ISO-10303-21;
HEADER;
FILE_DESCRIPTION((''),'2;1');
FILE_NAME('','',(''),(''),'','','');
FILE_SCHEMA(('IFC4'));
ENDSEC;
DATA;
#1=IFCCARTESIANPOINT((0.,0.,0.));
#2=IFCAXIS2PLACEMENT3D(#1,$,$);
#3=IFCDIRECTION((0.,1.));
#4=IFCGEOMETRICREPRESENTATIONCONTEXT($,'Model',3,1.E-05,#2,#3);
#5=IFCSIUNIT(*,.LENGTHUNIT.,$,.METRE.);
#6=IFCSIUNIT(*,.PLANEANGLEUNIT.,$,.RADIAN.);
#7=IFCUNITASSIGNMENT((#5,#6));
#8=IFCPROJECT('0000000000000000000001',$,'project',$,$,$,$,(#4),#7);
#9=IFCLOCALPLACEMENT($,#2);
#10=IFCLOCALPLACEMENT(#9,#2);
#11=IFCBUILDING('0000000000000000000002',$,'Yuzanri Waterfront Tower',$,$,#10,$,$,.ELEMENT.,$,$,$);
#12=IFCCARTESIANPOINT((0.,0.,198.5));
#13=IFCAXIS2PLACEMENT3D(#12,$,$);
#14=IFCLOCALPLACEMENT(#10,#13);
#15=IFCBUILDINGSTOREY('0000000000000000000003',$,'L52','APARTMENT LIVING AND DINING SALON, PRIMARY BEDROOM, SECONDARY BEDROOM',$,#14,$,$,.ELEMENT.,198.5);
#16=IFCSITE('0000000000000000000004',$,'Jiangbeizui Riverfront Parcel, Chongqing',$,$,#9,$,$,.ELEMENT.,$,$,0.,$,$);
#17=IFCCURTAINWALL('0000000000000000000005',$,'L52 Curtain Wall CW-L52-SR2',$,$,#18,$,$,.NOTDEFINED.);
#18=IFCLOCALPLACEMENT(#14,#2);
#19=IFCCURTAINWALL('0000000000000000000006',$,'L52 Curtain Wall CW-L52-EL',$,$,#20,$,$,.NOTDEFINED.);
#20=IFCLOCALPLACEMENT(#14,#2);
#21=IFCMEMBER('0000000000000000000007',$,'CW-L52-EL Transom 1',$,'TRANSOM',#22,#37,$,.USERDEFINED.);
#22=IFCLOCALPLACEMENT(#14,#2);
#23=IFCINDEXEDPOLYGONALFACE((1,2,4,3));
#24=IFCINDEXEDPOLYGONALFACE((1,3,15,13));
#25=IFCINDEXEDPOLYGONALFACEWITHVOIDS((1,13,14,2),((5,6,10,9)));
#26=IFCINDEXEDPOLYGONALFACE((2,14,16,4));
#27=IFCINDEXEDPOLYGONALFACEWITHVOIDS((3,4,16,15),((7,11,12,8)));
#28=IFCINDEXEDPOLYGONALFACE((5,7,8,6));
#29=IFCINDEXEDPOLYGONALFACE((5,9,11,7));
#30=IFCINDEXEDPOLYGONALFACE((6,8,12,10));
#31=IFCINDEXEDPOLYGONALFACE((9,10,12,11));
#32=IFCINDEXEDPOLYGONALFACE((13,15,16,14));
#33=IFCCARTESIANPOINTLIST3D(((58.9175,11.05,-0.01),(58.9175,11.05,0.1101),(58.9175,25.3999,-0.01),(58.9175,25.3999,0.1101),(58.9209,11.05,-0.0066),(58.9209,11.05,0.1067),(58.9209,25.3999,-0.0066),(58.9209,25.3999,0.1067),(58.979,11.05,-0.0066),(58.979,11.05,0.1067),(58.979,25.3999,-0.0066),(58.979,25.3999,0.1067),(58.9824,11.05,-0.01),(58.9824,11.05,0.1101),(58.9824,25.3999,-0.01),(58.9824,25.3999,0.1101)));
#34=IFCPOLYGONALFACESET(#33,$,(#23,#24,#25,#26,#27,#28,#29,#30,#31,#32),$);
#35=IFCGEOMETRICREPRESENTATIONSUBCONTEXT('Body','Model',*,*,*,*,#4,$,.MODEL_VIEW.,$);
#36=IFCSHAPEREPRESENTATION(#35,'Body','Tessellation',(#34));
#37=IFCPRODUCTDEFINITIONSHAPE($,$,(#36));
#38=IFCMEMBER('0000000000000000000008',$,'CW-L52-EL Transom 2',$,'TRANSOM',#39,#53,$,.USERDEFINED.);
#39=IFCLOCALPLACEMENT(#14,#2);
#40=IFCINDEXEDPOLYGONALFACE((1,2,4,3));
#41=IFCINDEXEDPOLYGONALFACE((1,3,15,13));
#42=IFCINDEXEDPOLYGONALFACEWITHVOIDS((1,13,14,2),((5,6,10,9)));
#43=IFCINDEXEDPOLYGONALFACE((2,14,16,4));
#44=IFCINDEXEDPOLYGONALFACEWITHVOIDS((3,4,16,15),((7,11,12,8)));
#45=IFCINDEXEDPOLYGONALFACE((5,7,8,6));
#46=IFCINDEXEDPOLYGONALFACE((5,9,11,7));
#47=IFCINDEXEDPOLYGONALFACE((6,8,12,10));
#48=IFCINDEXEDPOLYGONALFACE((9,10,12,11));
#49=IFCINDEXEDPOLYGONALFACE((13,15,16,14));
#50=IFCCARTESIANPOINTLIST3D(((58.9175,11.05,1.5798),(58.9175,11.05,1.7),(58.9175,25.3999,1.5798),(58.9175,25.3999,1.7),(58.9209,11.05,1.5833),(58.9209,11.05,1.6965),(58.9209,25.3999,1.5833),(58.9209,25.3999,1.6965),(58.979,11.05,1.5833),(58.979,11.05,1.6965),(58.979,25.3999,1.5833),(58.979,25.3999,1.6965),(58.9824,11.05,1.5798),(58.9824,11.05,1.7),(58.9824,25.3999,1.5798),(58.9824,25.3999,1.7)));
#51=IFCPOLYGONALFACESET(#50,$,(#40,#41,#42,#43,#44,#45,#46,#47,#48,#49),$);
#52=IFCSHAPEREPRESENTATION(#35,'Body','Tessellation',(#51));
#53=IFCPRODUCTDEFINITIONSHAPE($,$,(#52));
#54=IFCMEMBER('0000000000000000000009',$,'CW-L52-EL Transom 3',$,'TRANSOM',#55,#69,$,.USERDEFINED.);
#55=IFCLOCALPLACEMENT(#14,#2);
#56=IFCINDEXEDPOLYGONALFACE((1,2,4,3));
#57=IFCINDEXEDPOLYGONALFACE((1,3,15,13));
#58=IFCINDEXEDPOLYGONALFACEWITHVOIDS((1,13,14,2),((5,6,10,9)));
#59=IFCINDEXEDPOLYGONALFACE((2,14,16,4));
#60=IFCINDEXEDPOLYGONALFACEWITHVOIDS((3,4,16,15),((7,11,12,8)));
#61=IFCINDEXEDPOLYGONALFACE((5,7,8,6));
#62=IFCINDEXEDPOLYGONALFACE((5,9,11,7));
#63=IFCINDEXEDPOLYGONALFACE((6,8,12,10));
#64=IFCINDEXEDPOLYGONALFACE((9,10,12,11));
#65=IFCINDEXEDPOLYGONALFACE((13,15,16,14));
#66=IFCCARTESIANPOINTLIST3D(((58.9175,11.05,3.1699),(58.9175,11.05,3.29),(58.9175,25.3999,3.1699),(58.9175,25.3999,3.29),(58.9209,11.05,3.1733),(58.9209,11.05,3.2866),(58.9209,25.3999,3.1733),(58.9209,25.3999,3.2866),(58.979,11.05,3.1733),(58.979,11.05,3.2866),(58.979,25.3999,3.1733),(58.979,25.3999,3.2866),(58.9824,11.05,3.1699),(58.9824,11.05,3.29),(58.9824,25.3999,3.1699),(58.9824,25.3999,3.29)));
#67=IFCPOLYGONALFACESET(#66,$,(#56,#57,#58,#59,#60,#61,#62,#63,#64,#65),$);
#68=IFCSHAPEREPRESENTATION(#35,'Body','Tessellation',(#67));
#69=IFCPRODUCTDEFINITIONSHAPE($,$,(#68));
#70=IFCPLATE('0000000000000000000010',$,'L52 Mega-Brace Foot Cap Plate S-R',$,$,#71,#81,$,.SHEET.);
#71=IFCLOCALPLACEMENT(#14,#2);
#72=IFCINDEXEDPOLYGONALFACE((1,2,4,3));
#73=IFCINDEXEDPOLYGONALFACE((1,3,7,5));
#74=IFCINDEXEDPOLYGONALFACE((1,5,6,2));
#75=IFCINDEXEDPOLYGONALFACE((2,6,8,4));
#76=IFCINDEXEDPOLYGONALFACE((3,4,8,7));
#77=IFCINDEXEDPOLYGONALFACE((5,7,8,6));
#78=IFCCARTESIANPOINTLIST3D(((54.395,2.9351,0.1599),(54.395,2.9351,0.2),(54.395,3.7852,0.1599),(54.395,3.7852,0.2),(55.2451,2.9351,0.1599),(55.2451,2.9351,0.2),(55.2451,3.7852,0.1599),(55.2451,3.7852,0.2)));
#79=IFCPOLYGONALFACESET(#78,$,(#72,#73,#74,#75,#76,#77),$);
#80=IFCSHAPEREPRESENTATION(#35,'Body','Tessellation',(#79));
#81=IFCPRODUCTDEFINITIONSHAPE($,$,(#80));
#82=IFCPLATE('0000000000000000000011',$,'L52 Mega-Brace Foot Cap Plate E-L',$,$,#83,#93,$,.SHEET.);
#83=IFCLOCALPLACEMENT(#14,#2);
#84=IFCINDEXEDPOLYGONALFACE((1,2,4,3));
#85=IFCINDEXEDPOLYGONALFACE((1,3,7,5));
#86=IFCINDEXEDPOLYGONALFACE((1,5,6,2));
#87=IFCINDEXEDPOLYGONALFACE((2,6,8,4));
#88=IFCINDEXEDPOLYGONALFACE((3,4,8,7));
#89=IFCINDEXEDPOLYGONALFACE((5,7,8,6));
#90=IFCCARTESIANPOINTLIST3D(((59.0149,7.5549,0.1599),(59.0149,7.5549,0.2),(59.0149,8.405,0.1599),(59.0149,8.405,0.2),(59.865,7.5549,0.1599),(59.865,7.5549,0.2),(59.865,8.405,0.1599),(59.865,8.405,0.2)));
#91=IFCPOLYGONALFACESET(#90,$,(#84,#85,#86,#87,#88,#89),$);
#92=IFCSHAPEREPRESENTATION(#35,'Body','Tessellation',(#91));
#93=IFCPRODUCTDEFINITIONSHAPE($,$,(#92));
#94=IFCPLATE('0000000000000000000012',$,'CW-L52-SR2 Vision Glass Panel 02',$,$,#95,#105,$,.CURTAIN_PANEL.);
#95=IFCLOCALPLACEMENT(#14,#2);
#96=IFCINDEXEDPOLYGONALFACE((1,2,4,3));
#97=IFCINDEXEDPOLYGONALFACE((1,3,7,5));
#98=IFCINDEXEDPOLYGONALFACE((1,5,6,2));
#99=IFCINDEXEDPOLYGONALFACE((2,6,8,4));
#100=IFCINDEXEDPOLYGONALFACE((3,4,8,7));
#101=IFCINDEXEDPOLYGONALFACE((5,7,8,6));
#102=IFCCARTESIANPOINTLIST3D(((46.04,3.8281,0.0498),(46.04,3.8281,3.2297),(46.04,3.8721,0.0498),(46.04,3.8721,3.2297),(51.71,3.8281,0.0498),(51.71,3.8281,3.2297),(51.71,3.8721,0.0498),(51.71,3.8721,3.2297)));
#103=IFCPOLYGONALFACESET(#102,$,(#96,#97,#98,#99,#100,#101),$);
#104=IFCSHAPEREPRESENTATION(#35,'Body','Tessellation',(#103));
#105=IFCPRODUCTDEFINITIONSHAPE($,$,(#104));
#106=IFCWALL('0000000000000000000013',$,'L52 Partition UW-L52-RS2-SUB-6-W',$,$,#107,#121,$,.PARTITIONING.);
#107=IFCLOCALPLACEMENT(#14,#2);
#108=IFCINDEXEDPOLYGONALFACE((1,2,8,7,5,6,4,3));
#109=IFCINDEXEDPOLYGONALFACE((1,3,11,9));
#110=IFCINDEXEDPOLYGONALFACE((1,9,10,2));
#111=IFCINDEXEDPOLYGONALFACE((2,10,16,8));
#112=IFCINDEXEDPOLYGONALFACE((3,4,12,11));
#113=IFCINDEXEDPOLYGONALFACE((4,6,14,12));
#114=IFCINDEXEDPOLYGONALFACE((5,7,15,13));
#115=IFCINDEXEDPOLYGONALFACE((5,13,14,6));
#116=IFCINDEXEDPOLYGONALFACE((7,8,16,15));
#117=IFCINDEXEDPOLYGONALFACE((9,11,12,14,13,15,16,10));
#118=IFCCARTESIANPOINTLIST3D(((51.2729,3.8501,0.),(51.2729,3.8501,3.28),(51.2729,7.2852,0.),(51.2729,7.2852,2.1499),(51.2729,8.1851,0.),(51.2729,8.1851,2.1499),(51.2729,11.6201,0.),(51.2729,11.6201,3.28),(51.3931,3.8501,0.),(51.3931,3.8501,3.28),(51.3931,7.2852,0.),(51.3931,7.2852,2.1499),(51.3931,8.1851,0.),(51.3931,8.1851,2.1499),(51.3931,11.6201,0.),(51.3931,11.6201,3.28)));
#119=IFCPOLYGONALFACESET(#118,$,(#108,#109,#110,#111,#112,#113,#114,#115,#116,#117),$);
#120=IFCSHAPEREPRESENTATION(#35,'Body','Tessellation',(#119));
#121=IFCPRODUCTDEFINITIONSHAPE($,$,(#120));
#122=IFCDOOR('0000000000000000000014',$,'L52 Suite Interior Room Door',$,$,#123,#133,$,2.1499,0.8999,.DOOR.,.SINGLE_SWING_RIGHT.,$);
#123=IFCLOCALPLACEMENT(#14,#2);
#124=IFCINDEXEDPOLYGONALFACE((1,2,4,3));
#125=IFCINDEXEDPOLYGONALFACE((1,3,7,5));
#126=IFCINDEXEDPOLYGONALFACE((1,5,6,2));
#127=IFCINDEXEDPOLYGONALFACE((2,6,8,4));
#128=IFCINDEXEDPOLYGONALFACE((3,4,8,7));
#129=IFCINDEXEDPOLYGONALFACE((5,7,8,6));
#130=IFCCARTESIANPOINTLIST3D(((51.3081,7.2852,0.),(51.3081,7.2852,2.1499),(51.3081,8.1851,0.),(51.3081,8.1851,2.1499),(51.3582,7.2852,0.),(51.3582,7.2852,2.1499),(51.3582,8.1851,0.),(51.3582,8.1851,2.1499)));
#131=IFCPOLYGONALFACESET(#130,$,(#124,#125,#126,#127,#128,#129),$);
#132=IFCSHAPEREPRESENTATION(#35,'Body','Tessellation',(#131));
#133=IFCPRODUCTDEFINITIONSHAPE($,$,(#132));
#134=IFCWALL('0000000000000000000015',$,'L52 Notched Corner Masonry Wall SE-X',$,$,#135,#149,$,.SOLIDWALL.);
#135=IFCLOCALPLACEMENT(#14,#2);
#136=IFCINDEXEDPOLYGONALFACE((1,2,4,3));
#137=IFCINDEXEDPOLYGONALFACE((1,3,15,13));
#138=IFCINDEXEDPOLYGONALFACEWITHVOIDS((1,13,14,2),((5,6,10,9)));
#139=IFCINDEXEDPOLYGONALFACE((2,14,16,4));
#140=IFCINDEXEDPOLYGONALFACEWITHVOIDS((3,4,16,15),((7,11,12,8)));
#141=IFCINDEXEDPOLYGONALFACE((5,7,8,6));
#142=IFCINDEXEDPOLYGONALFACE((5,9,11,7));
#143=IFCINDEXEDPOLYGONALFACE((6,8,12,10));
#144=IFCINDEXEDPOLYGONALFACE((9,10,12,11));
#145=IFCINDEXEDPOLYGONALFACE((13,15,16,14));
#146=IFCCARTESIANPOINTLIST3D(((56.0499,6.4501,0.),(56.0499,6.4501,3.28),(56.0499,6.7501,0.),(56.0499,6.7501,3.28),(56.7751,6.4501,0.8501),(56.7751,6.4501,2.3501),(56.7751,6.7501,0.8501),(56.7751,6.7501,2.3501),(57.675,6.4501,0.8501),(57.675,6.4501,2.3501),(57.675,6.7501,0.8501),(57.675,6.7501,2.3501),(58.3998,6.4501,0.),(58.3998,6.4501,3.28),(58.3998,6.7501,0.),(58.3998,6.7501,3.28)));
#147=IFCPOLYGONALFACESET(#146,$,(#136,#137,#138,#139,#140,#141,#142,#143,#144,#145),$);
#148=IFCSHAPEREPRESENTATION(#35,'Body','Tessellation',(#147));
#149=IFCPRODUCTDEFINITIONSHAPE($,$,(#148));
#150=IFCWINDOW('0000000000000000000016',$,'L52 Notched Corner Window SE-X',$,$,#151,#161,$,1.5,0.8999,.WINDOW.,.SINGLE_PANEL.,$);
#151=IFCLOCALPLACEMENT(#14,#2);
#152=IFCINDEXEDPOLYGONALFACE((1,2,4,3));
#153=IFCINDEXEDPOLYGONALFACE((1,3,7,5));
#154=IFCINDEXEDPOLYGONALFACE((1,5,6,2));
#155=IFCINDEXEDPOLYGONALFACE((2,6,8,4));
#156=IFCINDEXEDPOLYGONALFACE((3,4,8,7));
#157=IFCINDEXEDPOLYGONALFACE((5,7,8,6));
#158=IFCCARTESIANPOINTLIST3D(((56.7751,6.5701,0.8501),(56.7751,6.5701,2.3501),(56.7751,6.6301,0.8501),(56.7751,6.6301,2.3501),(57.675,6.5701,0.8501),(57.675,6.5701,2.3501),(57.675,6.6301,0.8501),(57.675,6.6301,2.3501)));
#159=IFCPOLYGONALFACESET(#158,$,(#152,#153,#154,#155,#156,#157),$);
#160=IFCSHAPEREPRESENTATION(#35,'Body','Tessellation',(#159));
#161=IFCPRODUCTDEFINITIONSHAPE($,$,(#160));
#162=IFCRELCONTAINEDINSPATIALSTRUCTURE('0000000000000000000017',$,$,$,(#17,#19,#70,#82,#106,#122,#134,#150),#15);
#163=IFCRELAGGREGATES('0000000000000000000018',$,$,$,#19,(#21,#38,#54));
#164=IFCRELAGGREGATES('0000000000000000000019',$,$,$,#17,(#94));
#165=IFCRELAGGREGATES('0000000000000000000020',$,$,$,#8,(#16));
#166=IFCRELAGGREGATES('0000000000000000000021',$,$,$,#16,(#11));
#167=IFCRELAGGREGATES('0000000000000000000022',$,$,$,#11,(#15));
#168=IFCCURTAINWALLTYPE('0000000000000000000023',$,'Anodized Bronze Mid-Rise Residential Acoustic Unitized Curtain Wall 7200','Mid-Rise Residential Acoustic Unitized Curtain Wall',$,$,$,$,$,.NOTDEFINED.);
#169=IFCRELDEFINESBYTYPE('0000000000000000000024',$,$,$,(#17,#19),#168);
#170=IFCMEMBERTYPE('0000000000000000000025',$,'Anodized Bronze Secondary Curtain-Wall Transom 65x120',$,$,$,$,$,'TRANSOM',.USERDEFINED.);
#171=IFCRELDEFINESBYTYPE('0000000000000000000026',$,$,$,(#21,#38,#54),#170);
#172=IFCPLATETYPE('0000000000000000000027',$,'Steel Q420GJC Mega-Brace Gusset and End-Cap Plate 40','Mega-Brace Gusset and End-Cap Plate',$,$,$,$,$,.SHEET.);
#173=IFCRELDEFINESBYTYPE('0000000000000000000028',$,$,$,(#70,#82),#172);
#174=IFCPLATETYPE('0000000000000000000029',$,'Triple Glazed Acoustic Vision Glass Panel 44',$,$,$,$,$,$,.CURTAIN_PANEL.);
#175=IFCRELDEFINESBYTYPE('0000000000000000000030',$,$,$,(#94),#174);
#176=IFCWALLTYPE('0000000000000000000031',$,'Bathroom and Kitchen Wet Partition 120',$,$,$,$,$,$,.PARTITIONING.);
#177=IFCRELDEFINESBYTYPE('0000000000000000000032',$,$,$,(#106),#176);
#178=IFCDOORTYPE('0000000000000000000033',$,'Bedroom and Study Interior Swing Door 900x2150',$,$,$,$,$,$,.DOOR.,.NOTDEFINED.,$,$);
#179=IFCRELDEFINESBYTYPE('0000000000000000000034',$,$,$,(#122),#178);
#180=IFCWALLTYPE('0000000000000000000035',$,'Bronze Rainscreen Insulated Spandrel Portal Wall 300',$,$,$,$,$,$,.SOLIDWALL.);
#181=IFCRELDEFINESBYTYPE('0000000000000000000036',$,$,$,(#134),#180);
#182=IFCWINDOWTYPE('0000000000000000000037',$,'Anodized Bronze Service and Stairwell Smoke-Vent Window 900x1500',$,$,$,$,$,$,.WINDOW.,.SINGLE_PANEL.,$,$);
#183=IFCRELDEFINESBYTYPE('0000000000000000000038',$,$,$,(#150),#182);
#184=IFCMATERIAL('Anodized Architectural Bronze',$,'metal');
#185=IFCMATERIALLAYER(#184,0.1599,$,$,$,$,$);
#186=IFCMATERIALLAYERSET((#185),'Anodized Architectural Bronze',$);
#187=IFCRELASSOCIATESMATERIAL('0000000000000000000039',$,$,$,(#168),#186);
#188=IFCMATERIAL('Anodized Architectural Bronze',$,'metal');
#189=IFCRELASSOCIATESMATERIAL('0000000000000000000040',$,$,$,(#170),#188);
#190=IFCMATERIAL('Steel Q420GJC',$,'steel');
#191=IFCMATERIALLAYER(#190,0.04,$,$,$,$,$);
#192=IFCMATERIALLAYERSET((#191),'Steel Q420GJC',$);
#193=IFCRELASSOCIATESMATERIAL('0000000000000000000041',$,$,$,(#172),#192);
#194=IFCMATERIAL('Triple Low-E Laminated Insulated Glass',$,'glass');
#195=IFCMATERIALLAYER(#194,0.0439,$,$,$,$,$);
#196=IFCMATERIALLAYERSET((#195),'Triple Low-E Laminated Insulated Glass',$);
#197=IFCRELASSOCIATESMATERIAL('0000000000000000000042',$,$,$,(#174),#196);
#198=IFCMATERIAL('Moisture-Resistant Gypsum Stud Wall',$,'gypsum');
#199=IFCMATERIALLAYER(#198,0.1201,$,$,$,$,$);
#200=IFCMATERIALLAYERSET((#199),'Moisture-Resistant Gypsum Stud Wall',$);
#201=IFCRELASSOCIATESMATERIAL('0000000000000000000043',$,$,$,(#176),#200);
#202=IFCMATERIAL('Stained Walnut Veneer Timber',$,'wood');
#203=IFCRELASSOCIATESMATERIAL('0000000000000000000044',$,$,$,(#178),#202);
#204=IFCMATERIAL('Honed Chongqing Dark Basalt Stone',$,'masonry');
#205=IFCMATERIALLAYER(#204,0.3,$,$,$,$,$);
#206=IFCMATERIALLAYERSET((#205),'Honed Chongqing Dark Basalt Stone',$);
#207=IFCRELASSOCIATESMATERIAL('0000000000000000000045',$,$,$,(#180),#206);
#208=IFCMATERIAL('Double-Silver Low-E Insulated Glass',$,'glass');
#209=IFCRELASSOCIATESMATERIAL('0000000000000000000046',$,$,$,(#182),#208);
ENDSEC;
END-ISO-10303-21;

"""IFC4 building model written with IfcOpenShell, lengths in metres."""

from ifc_helpers import new_model, si_unit, direction, frame, frame_2d, origin, origin_2d, place, context, subcontext, project, spatial, rectangle, hollow_rectangle, extrude, source, transform, mapped, material, layer, layer_set, material_profile, profile_set, type_object, element, fill, aggregate, save


model = new_model("IFC4")

# Units and contexts
model_context = context("Model", 3, precision=1e-05, world=origin(), true_north=direction((0.0, 1.0)))
body_context = subcontext(model_context, "Body", "Model", "MODEL_VIEW")
ifc_project = project(units=[si_unit("LENGTHUNIT", "METRE"), si_unit("PLANEANGLEUNIT", "RADIAN")], contexts=[model_context])

# Site, building, storey
site_placement = place(None, origin())
site = spatial("IfcSite", under=ifc_project, at=site_placement, Name="Jiangbeizui Riverfront Parcel, Chongqing", CompositionType="ELEMENT", RefElevation=0.0)
building_placement = place(site_placement, origin())
building = spatial("IfcBuilding", under=site, at=building_placement, Name="Yuzanri Waterfront Tower", CompositionType="ELEMENT")
storey_placement = place(building_placement, frame((0.0, 0.0, 198.5)))
storey = spatial("IfcBuildingStorey", under=building, at=storey_placement, Name="L52", Description="APARTMENT LIVING AND DINING SALON, PRIMARY BEDROOM, SECONDARY BEDROOM", CompositionType="ELEMENT", Elevation=198.5)

# Curtain walls, members
ifc_material_1 = material(Name="Anodized Architectural Bronze", Category="metal")
ifc_layer_1 = layer(ifc_material_1, 0.1599)
ifc_layer_set_1 = layer_set([ifc_layer_1], Name="Anodized Architectural Bronze")
curtain_wall_type = type_object("IfcCurtainWallType", Name="Anodized Bronze Mid-Rise Residential Acoustic Unitized Curtain Wall 7200", Description="Mid-Rise Residential Acoustic Unitized Curtain Wall", PredefinedType="NOTDEFINED", material=ifc_layer_set_1)
curtain_wall_1_placement = place(storey_placement, origin())
curtain_wall_1 = element("IfcCurtainWall", 1, at=curtain_wall_1_placement, inside=storey, type_object=curtain_wall_type, Name="L52 Curtain Wall CW-L52-SR2", PredefinedType="NOTDEFINED")
curtain_wall_2_placement = place(storey_placement, origin())
curtain_wall_2 = element("IfcCurtainWall", 2, at=curtain_wall_2_placement, inside=storey, type_object=curtain_wall_type, Name="L52 Curtain Wall CW-L52-EL", PredefinedType="NOTDEFINED")
ifc_material_2 = material(Name="Anodized Architectural Bronze", Category="metal")
ifc_material_profile_1 = material_profile(ifc_material_2, hollow_rectangle(XDim=0.0649, YDim=0.1201, WallThickness=0.0034, at=origin_2d()), Name="CWT 65x120")
ifc_profile_set_1 = profile_set([ifc_material_profile_1], Name="Anodized Architectural Bronze")
member_type_1 = type_object("IfcMemberType", Name="Anodized Bronze Secondary Curtain-Wall Transom 65x120", ElementType="TRANSOM", PredefinedType="USERDEFINED", material=ifc_profile_set_1)
shared_shape_1 = source(origin(), body_context, "Body", "SweptSolid", [
    extrude(hollow_rectangle(XDim=0.0649, YDim=0.1201, WallThickness=0.0034, at=origin_2d()), origin(), (0.0, 0.0, 1.0), 14.3499),
])
member_1_placement = place(storey_placement, frame((58.95, 11.05, 0.05), z_axis=(0.0, 1.0, 0.0), x_axis=(-1.0, 0.0, 0.0)))
member_1 = element("IfcMember", 3, at=member_1_placement, type_object=member_type_1, Name="CW-L52-EL Transom 1", ObjectType="TRANSOM", PredefinedType="USERDEFINED", context=body_context, shape_type="MappedRepresentation", body=[
    mapped(shared_shape_1, transform((0.0, 0.0, 0.0), scale=1.0)),
])
member_2_placement = place(storey_placement, frame((58.95, 11.05, 1.6399), z_axis=(0.0, 1.0, 0.0), x_axis=(-1.0, 0.0, 0.0)))
member_2 = element("IfcMember", 4, at=member_2_placement, type_object=member_type_1, Name="CW-L52-EL Transom 2", ObjectType="TRANSOM", PredefinedType="USERDEFINED", context=body_context, shape_type="MappedRepresentation", body=[
    mapped(shared_shape_1, transform((0.0, 0.0, 0.0), scale=1.0)),
])
member_3_placement = place(storey_placement, frame((58.95, 11.05, 3.23), z_axis=(0.0, 1.0, 0.0), x_axis=(-1.0, 0.0, 0.0)))
member_3 = element("IfcMember", 5, at=member_3_placement, type_object=member_type_1, Name="CW-L52-EL Transom 3", ObjectType="TRANSOM", PredefinedType="USERDEFINED", context=body_context, shape_type="MappedRepresentation", body=[
    mapped(shared_shape_1, transform((0.0, 0.0, 0.0), scale=1.0)),
])
aggregate(curtain_wall_2, [member_1, member_2, member_3])

# Plates
ifc_material_3 = material(Name="Steel Q420GJC", Category="steel")
ifc_layer_2 = layer(ifc_material_3, 0.04)
ifc_layer_set_2 = layer_set([ifc_layer_2], Name="Steel Q420GJC")
plate_type_1 = type_object("IfcPlateType", Name="Steel Q420GJC Mega-Brace Gusset and End-Cap Plate 40", Description="Mega-Brace Gusset and End-Cap Plate", PredefinedType="SHEET", material=ifc_layer_set_2)
shared_shape_2 = source(origin(), body_context, "Body", "SweptSolid", [
    extrude(rectangle(XDim=0.8501, YDim=0.8501, at=origin_2d()), origin(), (0.0, 0.0, 1.0), 0.04),
])
for number, where, z_axis, x_axis, name in (
    (6, (54.8201, 3.3601, 0.1599), (0.0, 0.0, 1.0), (1.0, 0.0, 0.0), "L52 Mega-Brace Foot Cap Plate S-R"),
    (7, (59.4399, 7.98, 0.1599), (0.0, 0.0, 1.0), (1.0, 0.0, 0.0), "L52 Mega-Brace Foot Cap Plate E-L"),
):
    element("IfcPlate", number, at=place(storey_placement, frame(where, z_axis=z_axis, x_axis=x_axis)), inside=storey, type_object=plate_type_1, Name=name, PredefinedType="SHEET", context=body_context, shape_type="MappedRepresentation", body=[
        mapped(shared_shape_2, transform((0.0, 0.0, 0.0), scale=1.0)),
    ])

# Plate
ifc_material_4 = material(Name="Triple Low-E Laminated Insulated Glass", Category="glass")
ifc_layer_3 = layer(ifc_material_4, 0.0439)
ifc_layer_set_3 = layer_set([ifc_layer_3], Name="Triple Low-E Laminated Insulated Glass")
plate_type_2 = type_object("IfcPlateType", Name="Triple Glazed Acoustic Vision Glass Panel 44", PredefinedType="CURTAIN_PANEL", material=ifc_layer_set_3)
shared_shape_3 = source(origin(), body_context, "Body", "SweptSolid", [
    extrude(rectangle(XDim=5.6699, YDim=0.0439, at=origin_2d()), origin(), (0.0, 0.0, 1.0), 3.1799),
])
plate_placement = place(storey_placement, frame((48.875, 3.8501, 0.0498), z_axis=(0.0, 0.0, 1.0), x_axis=(1.0, 0.0, 0.0)))
plate = element("IfcPlate", 8, at=plate_placement, type_object=plate_type_2, Name="CW-L52-SR2 Vision Glass Panel 02", PredefinedType="CURTAIN_PANEL", context=body_context, shape_type="MappedRepresentation", body=[
    mapped(shared_shape_3, transform((0.0, 0.0, 0.0), scale=1.0)),
])
aggregate(curtain_wall_1, [plate])

# Wall, opening, door
ifc_material_5 = material(Name="Moisture-Resistant Gypsum Stud Wall", Category="gypsum")
ifc_layer_4 = layer(ifc_material_5, 0.1201)
ifc_layer_set_4 = layer_set([ifc_layer_4], Name="Moisture-Resistant Gypsum Stud Wall")
wall_type_1 = type_object("IfcWallType", Name="Bathroom and Kitchen Wet Partition 120", PredefinedType="PARTITIONING", material=ifc_layer_set_4)
wall_1_placement = place(storey_placement, frame((51.333, 3.8501, 0.0), z_axis=(0.0, 0.0, 1.0), x_axis=(0.0, 1.0, 0.0)))
wall_1 = element("IfcWall", 9, at=wall_1_placement, inside=storey, type_object=wall_type_1, Name="L52 Partition UW-L52-RS2-SUB-6-W", PredefinedType="PARTITIONING", context=body_context, shape_type="SweptSolid", body=[
    extrude(rectangle(XDim=7.77, YDim=0.1201, at=frame_2d((3.885, 0.0))), origin(), (0.0, 0.0, 1.0), 3.28),
])
opening_1_placement = place(wall_1_placement, frame((3.4351, 0.0, 0.0)))
opening_1 = element("IfcOpeningElement", 10, at=opening_1_placement, cuts=wall_1, PredefinedType="OPENING", context=body_context, shape_type="SweptSolid", body=[
    extrude(rectangle(XDim=0.8999, YDim=2.1499, at=frame_2d((0.45, 1.075))), frame((0.0, 0.075, 0.0), z_axis=(0.0, -1.0, 0.0), x_axis=(1.0, 0.0, 0.0)), (0.0, 0.0, 1.0), 0.1499),
])
ifc_material_6 = material(Name="Stained Walnut Veneer Timber", Category="wood")
door_type = type_object("IfcDoorType", Name="Bedroom and Study Interior Swing Door 900x2150", OperationType="NOTDEFINED", PredefinedType="DOOR", material=ifc_material_6)
shared_shape_4 = source(origin(), body_context, "Body", "SweptSolid", [
    extrude(rectangle(XDim=0.8999, YDim=2.1499, at=frame_2d((0.45, 1.075))), frame((0.0, 0.0249, 0.0), z_axis=(0.0, -1.0, 0.0), x_axis=(1.0, 0.0, 0.0)), (0.0, 0.0, 1.0), 0.05),
])
door_placement = place(opening_1_placement, origin())
door = element("IfcDoor", 11, at=door_placement, inside=storey, type_object=door_type, Name="L52 Suite Interior Room Door", OperationType="SINGLE_SWING_RIGHT", OverallHeight=2.1499, OverallWidth=0.8999, PredefinedType="DOOR", context=body_context, shape_type="MappedRepresentation", body=[
    mapped(shared_shape_4, transform((0.0, 0.0, 0.0), scale=1.0)),
])
fill(opening_1, door)

# Wall, opening, window
ifc_material_7 = material(Name="Honed Chongqing Dark Basalt Stone", Category="masonry")
ifc_layer_5 = layer(ifc_material_7, 0.3)
ifc_layer_set_5 = layer_set([ifc_layer_5], Name="Honed Chongqing Dark Basalt Stone")
wall_type_2 = type_object("IfcWallType", Name="Bronze Rainscreen Insulated Spandrel Portal Wall 300", PredefinedType="SOLIDWALL", material=ifc_layer_set_5)
wall_2_placement = place(storey_placement, frame((56.05, 6.6001, 0.0), z_axis=(0.0, 0.0, 1.0), x_axis=(1.0, 0.0, 0.0)))
wall_2 = element("IfcWall", 12, at=wall_2_placement, inside=storey, type_object=wall_type_2, Name="L52 Notched Corner Masonry Wall SE-X", PredefinedType="SOLIDWALL", context=body_context, shape_type="SweptSolid", body=[
    extrude(rectangle(XDim=2.3499, YDim=0.3, at=frame_2d((1.1748, 0.0))), origin(), (0.0, 0.0, 1.0), 3.28),
])
opening_2_placement = place(wall_2_placement, frame((0.7251, 0.0, 0.8501)))
opening_2 = element("IfcOpeningElement", 13, at=opening_2_placement, cuts=wall_2, PredefinedType="OPENING", context=body_context, shape_type="SweptSolid", body=[
    extrude(rectangle(XDim=0.8999, YDim=1.5, at=frame_2d((0.45, 0.75))), frame((0.0, 0.165, 0.0), z_axis=(0.0, -1.0, 0.0), x_axis=(1.0, 0.0, 0.0)), (0.0, 0.0, 1.0), 0.3298),
])
ifc_material_8 = material(Name="Double-Silver Low-E Insulated Glass", Category="glass")
window_type_1 = type_object("IfcWindowType", Name="Anodized Bronze Service and Stairwell Smoke-Vent Window 900x1500", PartitioningType="SINGLE_PANEL", PredefinedType="WINDOW", material=ifc_material_8)
shared_shape_5 = source(origin(), body_context, "Body", "SweptSolid", [
    extrude(rectangle(XDim=0.8999, YDim=1.5, at=frame_2d((0.45, 0.75))), frame((0.0, 0.03, 0.0), z_axis=(0.0, -1.0, 0.0), x_axis=(1.0, 0.0, 0.0)), (0.0, 0.0, 1.0), 0.0601),
])
window_1_placement = place(opening_2_placement, origin())
window_1 = element("IfcWindow", 14, at=window_1_placement, inside=storey, type_object=window_type_1, Name="L52 Notched Corner Window SE-X", OverallHeight=1.5, OverallWidth=0.8999, PartitioningType="SINGLE_PANEL", PredefinedType="WINDOW", context=body_context, shape_type="MappedRepresentation", body=[
    mapped(shared_shape_5, transform((0.0, 0.0, 0.0), scale=1.0)),
])
fill(opening_2, window_1)

save(model, "model.ifc")
